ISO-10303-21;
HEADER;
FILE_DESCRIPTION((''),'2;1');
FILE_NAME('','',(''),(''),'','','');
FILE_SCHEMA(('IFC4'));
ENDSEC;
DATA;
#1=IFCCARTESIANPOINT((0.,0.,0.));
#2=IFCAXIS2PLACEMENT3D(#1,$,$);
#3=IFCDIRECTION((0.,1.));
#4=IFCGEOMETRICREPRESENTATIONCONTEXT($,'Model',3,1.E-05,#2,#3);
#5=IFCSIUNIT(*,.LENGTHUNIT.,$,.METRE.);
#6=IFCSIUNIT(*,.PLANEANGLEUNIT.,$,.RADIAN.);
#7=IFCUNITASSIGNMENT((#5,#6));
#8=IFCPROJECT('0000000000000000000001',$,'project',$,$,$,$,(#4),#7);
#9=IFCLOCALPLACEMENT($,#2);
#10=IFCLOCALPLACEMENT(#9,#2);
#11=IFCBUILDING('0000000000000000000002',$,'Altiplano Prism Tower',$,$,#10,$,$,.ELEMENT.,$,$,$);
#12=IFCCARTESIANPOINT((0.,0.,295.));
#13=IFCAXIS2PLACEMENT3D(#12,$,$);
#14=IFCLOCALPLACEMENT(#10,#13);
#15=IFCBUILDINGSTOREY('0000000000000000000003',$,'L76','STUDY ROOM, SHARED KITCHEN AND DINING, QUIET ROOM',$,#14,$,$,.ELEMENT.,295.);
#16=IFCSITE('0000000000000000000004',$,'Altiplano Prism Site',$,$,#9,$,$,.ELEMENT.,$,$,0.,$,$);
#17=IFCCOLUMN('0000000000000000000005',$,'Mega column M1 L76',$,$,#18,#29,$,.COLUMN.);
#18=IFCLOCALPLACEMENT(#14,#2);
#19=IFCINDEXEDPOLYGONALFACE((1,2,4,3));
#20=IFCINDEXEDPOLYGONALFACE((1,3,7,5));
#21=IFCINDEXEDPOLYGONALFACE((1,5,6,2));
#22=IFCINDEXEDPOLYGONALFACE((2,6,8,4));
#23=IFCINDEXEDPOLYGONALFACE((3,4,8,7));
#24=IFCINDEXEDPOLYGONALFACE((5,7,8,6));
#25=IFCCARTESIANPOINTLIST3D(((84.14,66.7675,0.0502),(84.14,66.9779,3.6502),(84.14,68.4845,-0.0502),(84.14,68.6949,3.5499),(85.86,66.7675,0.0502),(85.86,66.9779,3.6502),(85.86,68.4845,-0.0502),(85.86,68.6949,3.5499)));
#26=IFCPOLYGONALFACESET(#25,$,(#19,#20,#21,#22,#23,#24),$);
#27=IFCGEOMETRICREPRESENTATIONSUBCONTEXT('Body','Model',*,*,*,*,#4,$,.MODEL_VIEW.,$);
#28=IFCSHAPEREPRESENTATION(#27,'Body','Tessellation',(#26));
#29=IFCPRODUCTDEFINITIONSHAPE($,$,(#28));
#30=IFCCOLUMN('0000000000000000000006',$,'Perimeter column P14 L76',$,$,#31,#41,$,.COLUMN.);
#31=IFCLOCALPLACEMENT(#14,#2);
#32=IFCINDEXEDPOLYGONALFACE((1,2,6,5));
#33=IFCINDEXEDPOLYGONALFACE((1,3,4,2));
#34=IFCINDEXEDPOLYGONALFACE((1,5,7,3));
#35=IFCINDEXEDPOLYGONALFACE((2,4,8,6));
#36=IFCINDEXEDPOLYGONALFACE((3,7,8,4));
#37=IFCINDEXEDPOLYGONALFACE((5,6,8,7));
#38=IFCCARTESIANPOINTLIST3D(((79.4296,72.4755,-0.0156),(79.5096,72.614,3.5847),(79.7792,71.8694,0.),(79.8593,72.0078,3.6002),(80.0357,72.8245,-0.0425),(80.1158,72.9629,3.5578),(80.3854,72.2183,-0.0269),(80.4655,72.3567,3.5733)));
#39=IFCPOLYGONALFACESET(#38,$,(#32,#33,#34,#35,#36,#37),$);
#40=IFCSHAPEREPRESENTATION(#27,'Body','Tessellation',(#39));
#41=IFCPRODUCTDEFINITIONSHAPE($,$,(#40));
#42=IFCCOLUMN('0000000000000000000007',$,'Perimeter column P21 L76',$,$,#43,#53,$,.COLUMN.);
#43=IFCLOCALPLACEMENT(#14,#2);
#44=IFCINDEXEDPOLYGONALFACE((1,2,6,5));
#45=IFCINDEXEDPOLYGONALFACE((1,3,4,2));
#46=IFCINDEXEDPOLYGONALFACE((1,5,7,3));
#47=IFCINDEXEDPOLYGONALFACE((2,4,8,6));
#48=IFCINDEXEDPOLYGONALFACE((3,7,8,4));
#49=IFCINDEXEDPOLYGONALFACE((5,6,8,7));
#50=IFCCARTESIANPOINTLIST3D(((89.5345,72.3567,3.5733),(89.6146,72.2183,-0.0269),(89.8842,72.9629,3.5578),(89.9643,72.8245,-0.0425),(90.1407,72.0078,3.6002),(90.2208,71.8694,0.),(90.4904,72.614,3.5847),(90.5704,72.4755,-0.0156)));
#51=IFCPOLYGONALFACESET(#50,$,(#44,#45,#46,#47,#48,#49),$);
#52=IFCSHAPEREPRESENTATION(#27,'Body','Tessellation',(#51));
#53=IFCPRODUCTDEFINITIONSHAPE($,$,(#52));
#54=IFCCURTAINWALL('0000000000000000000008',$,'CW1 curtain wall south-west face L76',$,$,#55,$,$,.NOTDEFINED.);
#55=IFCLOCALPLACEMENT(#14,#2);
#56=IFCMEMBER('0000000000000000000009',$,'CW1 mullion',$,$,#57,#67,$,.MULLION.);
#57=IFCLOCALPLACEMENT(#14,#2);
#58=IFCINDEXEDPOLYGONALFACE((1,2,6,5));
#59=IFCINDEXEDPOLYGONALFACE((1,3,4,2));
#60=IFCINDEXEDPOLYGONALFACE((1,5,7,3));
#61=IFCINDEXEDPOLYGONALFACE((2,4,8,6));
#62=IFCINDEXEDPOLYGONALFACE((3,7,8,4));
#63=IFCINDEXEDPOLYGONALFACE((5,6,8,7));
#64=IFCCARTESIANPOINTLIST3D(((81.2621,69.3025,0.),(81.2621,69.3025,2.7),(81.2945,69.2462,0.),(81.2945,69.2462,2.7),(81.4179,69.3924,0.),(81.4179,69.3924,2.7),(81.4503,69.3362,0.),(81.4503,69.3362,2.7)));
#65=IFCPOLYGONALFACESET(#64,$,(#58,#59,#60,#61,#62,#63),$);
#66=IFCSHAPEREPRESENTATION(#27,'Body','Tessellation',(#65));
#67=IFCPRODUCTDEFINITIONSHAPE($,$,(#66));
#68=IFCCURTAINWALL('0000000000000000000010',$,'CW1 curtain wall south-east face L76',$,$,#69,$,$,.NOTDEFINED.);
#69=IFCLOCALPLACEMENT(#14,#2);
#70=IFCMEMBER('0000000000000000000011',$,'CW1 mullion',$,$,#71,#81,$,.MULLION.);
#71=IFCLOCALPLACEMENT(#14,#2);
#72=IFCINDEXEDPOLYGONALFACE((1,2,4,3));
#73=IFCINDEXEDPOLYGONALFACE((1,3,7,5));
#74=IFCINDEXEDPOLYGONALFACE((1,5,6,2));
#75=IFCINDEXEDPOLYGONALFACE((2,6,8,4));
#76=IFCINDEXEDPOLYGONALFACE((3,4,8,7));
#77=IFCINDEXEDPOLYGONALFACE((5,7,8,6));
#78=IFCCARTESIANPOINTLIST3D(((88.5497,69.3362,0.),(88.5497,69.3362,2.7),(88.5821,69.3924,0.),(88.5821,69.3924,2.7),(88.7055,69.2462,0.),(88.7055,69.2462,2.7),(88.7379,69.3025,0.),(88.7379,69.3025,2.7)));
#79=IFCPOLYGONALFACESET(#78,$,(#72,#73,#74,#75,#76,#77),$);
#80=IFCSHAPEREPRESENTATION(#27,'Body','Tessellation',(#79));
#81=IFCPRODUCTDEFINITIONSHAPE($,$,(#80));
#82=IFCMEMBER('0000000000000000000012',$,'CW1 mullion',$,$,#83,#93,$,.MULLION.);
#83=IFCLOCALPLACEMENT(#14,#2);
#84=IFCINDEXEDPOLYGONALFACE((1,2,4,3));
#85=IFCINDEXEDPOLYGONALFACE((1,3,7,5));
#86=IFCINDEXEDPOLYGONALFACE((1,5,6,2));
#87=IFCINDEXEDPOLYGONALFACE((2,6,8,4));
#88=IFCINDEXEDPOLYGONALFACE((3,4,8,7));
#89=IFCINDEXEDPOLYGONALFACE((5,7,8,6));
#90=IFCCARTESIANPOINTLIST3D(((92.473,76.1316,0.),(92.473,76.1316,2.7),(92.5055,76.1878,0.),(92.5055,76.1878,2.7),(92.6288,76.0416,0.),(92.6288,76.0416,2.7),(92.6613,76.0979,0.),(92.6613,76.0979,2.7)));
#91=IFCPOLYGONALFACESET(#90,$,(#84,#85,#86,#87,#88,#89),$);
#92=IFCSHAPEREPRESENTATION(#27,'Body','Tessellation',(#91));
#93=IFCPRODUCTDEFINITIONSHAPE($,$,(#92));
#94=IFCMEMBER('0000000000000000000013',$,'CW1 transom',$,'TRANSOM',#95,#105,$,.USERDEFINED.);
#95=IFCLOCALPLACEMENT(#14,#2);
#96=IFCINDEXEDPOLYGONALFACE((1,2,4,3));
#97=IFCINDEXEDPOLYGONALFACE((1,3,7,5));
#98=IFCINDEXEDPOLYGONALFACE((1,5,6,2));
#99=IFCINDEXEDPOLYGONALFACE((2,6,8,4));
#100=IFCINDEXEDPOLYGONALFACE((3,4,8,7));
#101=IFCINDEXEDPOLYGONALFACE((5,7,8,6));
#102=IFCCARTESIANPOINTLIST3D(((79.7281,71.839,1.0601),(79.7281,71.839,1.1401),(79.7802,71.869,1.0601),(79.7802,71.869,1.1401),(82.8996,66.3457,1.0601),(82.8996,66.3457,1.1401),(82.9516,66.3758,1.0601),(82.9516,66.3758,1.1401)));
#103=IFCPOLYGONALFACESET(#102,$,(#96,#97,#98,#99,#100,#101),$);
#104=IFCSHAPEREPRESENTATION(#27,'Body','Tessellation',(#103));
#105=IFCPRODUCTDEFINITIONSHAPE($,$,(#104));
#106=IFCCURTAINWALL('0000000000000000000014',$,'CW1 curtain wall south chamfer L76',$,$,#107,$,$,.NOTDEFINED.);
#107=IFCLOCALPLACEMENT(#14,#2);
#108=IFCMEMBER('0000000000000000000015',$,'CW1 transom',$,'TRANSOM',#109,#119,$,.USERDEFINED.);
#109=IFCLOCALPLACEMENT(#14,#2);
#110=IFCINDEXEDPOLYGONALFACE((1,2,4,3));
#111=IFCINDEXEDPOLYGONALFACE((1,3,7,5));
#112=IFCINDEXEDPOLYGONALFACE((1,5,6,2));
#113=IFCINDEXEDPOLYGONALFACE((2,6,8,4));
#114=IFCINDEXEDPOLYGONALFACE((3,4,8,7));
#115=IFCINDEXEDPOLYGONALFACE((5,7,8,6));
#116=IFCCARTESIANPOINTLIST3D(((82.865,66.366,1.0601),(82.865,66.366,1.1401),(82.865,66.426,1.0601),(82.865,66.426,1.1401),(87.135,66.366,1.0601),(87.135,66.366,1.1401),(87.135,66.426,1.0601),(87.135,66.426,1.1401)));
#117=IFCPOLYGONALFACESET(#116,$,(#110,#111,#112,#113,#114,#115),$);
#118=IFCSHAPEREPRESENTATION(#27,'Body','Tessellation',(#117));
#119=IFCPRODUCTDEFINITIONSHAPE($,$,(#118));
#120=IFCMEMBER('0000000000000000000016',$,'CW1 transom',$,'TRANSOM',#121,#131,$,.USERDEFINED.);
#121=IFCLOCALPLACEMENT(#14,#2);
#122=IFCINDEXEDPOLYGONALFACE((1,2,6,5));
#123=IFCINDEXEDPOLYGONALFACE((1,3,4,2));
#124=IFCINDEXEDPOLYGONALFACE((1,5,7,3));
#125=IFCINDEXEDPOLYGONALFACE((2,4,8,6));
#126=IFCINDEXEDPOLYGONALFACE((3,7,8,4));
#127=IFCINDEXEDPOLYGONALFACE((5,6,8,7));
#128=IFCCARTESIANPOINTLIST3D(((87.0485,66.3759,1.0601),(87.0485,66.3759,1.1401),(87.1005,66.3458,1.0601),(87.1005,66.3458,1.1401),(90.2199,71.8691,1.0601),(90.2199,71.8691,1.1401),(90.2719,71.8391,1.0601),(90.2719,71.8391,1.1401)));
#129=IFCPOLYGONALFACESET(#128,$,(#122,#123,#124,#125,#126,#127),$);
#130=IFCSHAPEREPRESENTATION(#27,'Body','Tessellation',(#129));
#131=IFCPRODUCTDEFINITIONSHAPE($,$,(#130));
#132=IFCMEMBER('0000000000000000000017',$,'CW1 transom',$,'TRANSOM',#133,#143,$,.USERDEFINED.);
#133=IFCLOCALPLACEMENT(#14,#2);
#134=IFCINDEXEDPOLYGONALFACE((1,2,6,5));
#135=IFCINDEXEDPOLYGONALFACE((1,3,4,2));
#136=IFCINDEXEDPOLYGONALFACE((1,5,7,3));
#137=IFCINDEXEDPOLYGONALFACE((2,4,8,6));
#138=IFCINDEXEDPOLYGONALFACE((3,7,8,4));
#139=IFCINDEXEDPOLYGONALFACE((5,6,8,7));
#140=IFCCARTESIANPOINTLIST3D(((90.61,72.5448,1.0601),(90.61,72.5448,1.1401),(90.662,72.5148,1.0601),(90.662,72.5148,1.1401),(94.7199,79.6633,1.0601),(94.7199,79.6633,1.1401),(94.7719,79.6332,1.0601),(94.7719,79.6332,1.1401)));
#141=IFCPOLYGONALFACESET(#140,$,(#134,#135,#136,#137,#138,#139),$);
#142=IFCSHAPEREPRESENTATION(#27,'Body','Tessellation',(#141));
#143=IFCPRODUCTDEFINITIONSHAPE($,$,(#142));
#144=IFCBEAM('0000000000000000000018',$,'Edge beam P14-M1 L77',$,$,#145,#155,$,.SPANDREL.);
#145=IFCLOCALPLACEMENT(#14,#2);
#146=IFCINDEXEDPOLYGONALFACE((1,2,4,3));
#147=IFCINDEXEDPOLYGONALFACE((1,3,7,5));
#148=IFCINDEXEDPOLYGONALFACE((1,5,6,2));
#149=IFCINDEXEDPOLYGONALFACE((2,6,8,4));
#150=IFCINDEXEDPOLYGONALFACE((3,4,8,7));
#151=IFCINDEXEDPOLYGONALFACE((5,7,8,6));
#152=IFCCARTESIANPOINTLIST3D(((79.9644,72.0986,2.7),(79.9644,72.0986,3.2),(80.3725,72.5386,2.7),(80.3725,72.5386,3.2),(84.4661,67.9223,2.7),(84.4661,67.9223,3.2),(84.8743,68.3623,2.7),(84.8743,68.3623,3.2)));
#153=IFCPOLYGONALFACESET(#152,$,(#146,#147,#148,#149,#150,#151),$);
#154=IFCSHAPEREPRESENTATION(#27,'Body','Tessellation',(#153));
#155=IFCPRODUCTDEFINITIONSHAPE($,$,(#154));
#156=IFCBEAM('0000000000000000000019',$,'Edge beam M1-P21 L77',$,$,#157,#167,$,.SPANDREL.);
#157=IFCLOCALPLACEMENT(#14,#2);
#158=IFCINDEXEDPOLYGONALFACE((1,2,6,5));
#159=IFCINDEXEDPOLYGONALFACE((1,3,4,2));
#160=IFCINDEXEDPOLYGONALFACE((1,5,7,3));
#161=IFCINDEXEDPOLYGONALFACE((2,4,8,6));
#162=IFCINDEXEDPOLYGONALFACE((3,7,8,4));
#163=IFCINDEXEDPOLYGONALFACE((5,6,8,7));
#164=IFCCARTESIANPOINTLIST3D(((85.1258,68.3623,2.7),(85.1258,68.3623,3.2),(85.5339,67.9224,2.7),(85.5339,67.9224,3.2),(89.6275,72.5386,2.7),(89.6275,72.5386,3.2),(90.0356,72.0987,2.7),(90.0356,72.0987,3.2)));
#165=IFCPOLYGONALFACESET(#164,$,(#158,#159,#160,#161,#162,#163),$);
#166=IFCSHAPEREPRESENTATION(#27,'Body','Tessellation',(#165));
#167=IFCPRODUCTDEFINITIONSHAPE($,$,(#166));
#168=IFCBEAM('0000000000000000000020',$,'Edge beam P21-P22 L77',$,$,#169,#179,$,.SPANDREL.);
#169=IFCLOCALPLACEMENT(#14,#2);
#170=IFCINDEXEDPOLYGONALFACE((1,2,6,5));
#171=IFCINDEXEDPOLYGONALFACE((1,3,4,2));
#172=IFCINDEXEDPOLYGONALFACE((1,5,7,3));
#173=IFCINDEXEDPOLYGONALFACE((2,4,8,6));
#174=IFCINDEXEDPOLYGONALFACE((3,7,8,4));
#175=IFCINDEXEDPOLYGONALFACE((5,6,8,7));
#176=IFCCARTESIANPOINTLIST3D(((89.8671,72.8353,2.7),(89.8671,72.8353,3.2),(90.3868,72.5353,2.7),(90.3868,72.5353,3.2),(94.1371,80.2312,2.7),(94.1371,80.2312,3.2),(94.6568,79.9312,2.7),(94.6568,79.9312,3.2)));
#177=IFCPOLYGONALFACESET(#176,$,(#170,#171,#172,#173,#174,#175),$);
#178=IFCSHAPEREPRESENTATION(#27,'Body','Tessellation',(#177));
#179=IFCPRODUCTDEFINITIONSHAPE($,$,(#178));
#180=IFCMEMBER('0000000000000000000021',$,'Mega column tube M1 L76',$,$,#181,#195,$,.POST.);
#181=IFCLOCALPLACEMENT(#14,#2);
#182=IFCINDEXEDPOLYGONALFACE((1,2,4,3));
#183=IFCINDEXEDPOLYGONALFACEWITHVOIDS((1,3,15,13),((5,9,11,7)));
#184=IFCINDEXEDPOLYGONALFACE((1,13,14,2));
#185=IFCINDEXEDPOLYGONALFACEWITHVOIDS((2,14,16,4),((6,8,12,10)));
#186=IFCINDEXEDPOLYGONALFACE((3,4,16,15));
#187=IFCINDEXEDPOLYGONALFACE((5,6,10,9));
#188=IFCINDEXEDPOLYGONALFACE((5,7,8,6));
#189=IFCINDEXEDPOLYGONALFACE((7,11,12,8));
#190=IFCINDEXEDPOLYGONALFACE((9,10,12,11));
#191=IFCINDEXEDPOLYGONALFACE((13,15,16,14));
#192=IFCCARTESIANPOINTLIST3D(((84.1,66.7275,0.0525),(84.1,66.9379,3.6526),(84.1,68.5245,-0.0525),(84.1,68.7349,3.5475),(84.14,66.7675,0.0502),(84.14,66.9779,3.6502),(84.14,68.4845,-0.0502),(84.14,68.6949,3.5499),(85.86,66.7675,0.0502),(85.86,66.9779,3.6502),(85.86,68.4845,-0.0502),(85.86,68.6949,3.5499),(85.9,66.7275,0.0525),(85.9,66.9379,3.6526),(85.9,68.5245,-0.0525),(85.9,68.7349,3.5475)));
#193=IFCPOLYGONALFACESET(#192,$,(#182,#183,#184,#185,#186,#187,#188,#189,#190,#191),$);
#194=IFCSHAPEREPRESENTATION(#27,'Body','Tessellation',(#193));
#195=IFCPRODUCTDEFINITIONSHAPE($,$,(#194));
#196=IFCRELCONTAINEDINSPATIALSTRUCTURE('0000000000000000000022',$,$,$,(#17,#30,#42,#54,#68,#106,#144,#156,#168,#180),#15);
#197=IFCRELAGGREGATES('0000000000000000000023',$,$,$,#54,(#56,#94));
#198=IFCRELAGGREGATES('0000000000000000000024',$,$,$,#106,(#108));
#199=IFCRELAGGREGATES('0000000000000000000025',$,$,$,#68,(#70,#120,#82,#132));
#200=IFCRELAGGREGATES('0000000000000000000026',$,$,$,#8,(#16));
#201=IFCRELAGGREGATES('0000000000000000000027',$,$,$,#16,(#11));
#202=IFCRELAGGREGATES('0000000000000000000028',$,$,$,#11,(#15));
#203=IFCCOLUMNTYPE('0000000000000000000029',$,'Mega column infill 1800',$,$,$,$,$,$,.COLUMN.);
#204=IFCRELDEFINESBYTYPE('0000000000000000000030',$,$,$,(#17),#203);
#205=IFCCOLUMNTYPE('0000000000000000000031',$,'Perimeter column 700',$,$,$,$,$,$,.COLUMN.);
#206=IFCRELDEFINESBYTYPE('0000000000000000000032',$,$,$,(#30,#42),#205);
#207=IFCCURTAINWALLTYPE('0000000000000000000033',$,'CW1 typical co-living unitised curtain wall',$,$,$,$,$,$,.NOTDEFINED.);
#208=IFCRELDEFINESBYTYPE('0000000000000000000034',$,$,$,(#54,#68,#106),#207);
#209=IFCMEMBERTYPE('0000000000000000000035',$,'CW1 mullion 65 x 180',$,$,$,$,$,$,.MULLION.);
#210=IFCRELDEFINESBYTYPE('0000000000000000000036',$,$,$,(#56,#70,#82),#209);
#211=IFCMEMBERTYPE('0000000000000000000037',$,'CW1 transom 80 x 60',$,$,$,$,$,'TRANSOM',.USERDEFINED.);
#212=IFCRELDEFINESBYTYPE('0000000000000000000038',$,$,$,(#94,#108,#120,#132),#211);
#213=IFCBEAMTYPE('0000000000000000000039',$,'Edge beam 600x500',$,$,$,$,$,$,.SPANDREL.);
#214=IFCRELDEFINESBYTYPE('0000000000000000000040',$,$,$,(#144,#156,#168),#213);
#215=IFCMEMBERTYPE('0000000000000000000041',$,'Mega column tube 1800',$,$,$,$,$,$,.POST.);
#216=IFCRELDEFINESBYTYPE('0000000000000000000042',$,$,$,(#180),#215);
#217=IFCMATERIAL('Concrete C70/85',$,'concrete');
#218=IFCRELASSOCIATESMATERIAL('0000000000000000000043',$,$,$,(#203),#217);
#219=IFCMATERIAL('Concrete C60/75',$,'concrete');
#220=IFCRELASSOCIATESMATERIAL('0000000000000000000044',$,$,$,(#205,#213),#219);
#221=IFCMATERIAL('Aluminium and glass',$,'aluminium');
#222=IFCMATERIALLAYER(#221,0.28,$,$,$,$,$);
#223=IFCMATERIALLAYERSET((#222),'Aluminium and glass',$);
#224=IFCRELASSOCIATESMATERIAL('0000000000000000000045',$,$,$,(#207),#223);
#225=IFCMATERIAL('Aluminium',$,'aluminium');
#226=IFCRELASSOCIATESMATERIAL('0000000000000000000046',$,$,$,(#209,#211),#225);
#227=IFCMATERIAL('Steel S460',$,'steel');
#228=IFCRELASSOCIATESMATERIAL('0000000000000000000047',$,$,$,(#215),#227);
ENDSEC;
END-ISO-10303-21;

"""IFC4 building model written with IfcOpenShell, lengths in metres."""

from ifc_helpers import new_model, si_unit, direction, frame, origin, origin_2d, place, context, subcontext, project, spatial, rectangle, hollow_rectangle, extrude, material, layer, layer_set, material_profile, profile_set, type_object, element, aggregate, save


model = new_model("IFC4")

# Units and contexts
model_context = context("Model", 3, precision=1e-05, world=origin(), true_north=direction((0.0, 1.0)))
body_context = subcontext(model_context, "Body", "Model", "MODEL_VIEW")
ifc_project = project(units=[si_unit("LENGTHUNIT", "METRE"), si_unit("PLANEANGLEUNIT", "RADIAN")], contexts=[model_context])

# Site, building, storey
site_placement = place(None, origin())
site = spatial("IfcSite", under=ifc_project, at=site_placement, Name="Altiplano Prism Site", CompositionType="ELEMENT", RefElevation=0.0)
building_placement = place(site_placement, origin())
building = spatial("IfcBuilding", under=site, at=building_placement, Name="Altiplano Prism Tower", CompositionType="ELEMENT")
storey_placement = place(building_placement, frame((0.0, 0.0, 295.0)))
storey = spatial("IfcBuildingStorey", under=building, at=storey_placement, Name="L76", Description="STUDY ROOM, SHARED KITCHEN AND DINING, QUIET ROOM", CompositionType="ELEMENT", Elevation=295.0)

# Columns
ifc_material_1 = material(Name="Concrete C70/85", Category="concrete")
ifc_material_profile_1 = material_profile(ifc_material_1, rectangle(XDim=1.72, YDim=1.72, at=origin_2d()), Name="Mega column infill 1800")
ifc_profile_set_1 = profile_set([ifc_material_profile_1], Name="Concrete C70/85")
column_type_1 = type_object("IfcColumnType", Name="Mega column infill 1800", PredefinedType="COLUMN", material=ifc_profile_set_1)
column_placement = place(storey_placement, frame((85.0, 67.626, 0.0), z_axis=(0.0, 0.058357, 0.998296), x_axis=(-1.0, 0.0, 0.0)))
element("IfcColumn", 1, at=column_placement, inside=storey, type_object=column_type_1, Name="Mega column M1 L76", PredefinedType="COLUMN", context=body_context, shape_type="SweptSolid", body=[
    extrude(rectangle(XDim=1.72, YDim=1.72, at=origin_2d()), origin(), (0.0, 0.0, 1.0), 3.6062),
])
ifc_material_2 = material(Name="Concrete C60/75", Category="concrete")
ifc_material_profile_2 = material_profile(ifc_material_2, rectangle(XDim=0.7, YDim=0.7, at=origin_2d()), Name="Perimeter column 700")
ifc_profile_set_2 = profile_set([ifc_material_profile_2], Name="Concrete C60/75")
column_type_2 = type_object("IfcColumnType", Name="Perimeter column 700", PredefinedType="COLUMN", material=ifc_profile_set_2)
for number, where, z_axis, x_axis, name in (
    (2, (79.9075, 72.3469, -0.0212), (0.022221, 0.038413, 0.999015), (-0.866024, -0.498523, 0.038432), "Perimeter column P14 L76"),
    (3, (90.0925, 72.3469, -0.0212), (-0.022221, 0.038413, 0.999015), (-0.499508, -0.866025, 0.022189), "Perimeter column P21 L76"),
):
    element("IfcColumn", number, at=place(storey_placement, frame(where, z_axis=z_axis, x_axis=x_axis)), inside=storey, type_object=column_type_2, Name=name, PredefinedType="COLUMN", context=body_context, shape_type="SweptSolid", body=[
        extrude(rectangle(XDim=0.7, YDim=0.7, at=origin_2d()), origin(), (0.0, 0.0, 1.0), 3.6038),
    ])

# Curtain wall, member
ifc_material_3 = material(Name="Aluminium and glass", Category="aluminium")
ifc_layer_1 = layer(ifc_material_3, 0.28)
ifc_layer_set_1 = layer_set([ifc_layer_1], Name="Aluminium and glass")
curtain_wall_type = type_object("IfcCurtainWallType", Name="CW1 typical co-living unitised curtain wall", PredefinedType="NOTDEFINED", material=ifc_layer_set_1)
curtain_wall_1_placement = place(storey_placement, origin())
curtain_wall_1 = element("IfcCurtainWall", 4, at=curtain_wall_1_placement, inside=storey, type_object=curtain_wall_type, Name="CW1 curtain wall south-west face L76", PredefinedType="NOTDEFINED")
ifc_material_4 = material(Name="Aluminium", Category="aluminium")
ifc_material_profile_3 = material_profile(ifc_material_4, rectangle(XDim=0.1799, YDim=0.0649, at=origin_2d()), Name="CW1 mullion 65 x 180")
ifc_profile_set_3 = profile_set([ifc_material_profile_3], Name="Aluminium")
member_type_1 = type_object("IfcMemberType", Name="CW1 mullion 65 x 180", PredefinedType="MULLION", material=ifc_profile_set_3)
member_1_placement = place(storey_placement, frame((81.3562, 69.3193, 0.0), z_axis=(0.0, 0.0, 1.0), x_axis=(0.866025, 0.5, 0.0)))
member_1 = element("IfcMember", 5, at=member_1_placement, type_object=member_type_1, Name="CW1 mullion", PredefinedType="MULLION", context=body_context, shape_type="SweptSolid", body=[
    extrude(rectangle(XDim=0.1799, YDim=0.0649, at=origin_2d()), origin(), (0.0, 0.0, 1.0), 2.7),
])

# Curtain wall, members
curtain_wall_2_placement = place(storey_placement, origin())
curtain_wall_2 = element("IfcCurtainWall", 6, at=curtain_wall_2_placement, inside=storey, type_object=curtain_wall_type, Name="CW1 curtain wall south-east face L76", PredefinedType="NOTDEFINED")
member_2_placement = place(storey_placement, frame((88.6438, 69.3193, 0.0), z_axis=(0.0, 0.0, 1.0), x_axis=(-0.866025, 0.5, 0.0)))
member_2 = element("IfcMember", 7, at=member_2_placement, type_object=member_type_1, Name="CW1 mullion", PredefinedType="MULLION", context=body_context, shape_type="SweptSolid", body=[
    extrude(rectangle(XDim=0.1799, YDim=0.0649, at=origin_2d()), origin(), (0.0, 0.0, 1.0), 2.7),
])
member_3_placement = place(storey_placement, frame((92.5671, 76.1147, 0.0), z_axis=(0.0, 0.0, 1.0), x_axis=(-0.866025, 0.5, 0.0)))
member_3 = element("IfcMember", 8, at=member_3_placement, type_object=member_type_1, Name="CW1 mullion", PredefinedType="MULLION", context=body_context, shape_type="SweptSolid", body=[
    extrude(rectangle(XDim=0.1799, YDim=0.0649, at=origin_2d()), origin(), (0.0, 0.0, 1.0), 2.7),
])

# Member
ifc_material_profile_4 = material_profile(ifc_material_4, rectangle(XDim=0.0601, YDim=0.0801, at=origin_2d()), Name="CW1 transom 80 x 60")
ifc_profile_set_4 = profile_set([ifc_material_profile_4], Name="Aluminium")
member_type_2 = type_object("IfcMemberType", Name="CW1 transom 80 x 60", ElementType="TRANSOM", PredefinedType="USERDEFINED", material=ifc_profile_set_4)
member_4_placement = place(storey_placement, frame((79.7542, 71.854, 1.1001), z_axis=(0.499989, -0.866032, 0.0), x_axis=(0.866032, 0.499989, 0.0)))
member_4 = element("IfcMember", 9, at=member_4_placement, type_object=member_type_2, Name="CW1 transom", ObjectType="TRANSOM", PredefinedType="USERDEFINED", context=body_context, shape_type="SweptSolid", body=[
    extrude(rectangle(XDim=0.0601, YDim=0.0801, at=origin_2d()), origin(), (0.0, 0.0, 1.0), 6.343),
])

# Curtain wall, member
curtain_wall_3_placement = place(storey_placement, origin())
curtain_wall_3 = element("IfcCurtainWall", 10, at=curtain_wall_3_placement, inside=storey, type_object=curtain_wall_type, Name="CW1 curtain wall south chamfer L76", PredefinedType="NOTDEFINED")
member_5_placement = place(storey_placement, frame((82.865, 66.396, 1.1001), z_axis=(1.0, 0.0, 0.0), x_axis=(0.0, 1.0, 0.0)))
member_5 = element("IfcMember", 11, at=member_5_placement, type_object=member_type_2, Name="CW1 transom", ObjectType="TRANSOM", PredefinedType="USERDEFINED", context=body_context, shape_type="SweptSolid", body=[
    extrude(rectangle(XDim=0.0601, YDim=0.0801, at=origin_2d()), origin(), (0.0, 0.0, 1.0), 4.27),
])

# Members
member_6_placement = place(storey_placement, frame((87.0745, 66.3608, 1.1001), z_axis=(0.499989, 0.866032, 0.0), x_axis=(-0.866032, 0.499989, 0.0)))
member_6 = element("IfcMember", 12, at=member_6_placement, type_object=member_type_2, Name="CW1 transom", ObjectType="TRANSOM", PredefinedType="USERDEFINED", context=body_context, shape_type="SweptSolid", body=[
    extrude(rectangle(XDim=0.0601, YDim=0.0801, at=origin_2d()), origin(), (0.0, 0.0, 1.0), 6.343),
])
member_7_placement = place(storey_placement, frame((90.636, 72.5298, 1.1001), z_axis=(0.500004, 0.866023, 0.0), x_axis=(-0.866023, 0.500004, 0.0)))
member_7 = element("IfcMember", 13, at=member_7_placement, type_object=member_type_2, Name="CW1 transom", ObjectType="TRANSOM", PredefinedType="USERDEFINED", context=body_context, shape_type="SweptSolid", body=[
    extrude(rectangle(XDim=0.0601, YDim=0.0801, at=origin_2d()), origin(), (0.0, 0.0, 1.0), 8.2197),
])

# Beams
ifc_material_profile_5 = material_profile(ifc_material_2, rectangle(XDim=0.6001, YDim=0.5, at=origin_2d()), Name="Edge beam 600x500")
ifc_profile_set_5 = profile_set([ifc_material_profile_5], Name="Concrete C60/75")
beam_type = type_object("IfcBeamType", Name="Edge beam 600x500", PredefinedType="SPANDREL", material=ifc_profile_set_5)
for number, where, z_axis, x_axis, name in (
    (14, (80.1685, 72.3186, 2.95), (0.733109, -0.680111, 0.0), (0.680111, 0.733109, 0.0), "Edge beam P14-M1 L77"),
    (15, (85.3298, 68.1423, 2.95), (0.733109, 0.680111, 0.0), (-0.680111, 0.733109, 0.0), "Edge beam M1-P21 L77"),
):
    element("IfcBeam", number, at=place(storey_placement, frame(where, z_axis=z_axis, x_axis=x_axis)), inside=storey, type_object=beam_type, Name=name, PredefinedType="SPANDREL", context=body_context, shape_type="SweptSolid", body=[
        extrude(rectangle(XDim=0.6001, YDim=0.5, at=origin_2d()), origin(), (0.0, 0.0, 1.0), 6.1406),
    ])
beam_placement = place(storey_placement, frame((90.127, 72.6853, 2.95), z_axis=(0.499995, 0.866028, 0.0), x_axis=(-0.866028, 0.499995, 0.0)))
element("IfcBeam", 16, at=beam_placement, inside=storey, type_object=beam_type, Name="Edge beam P21-P22 L77", PredefinedType="SPANDREL", context=body_context, shape_type="SweptSolid", body=[
    extrude(rectangle(XDim=0.6001, YDim=0.5, at=origin_2d()), origin(), (0.0, 0.0, 1.0), 8.54),
])

# Member
ifc_material_5 = material(Name="Steel S460", Category="steel")
ifc_material_profile_6 = material_profile(ifc_material_5, hollow_rectangle(XDim=1.8, YDim=1.8, WallThickness=0.04, at=origin_2d()), Name="Mega column tube 1800")
ifc_profile_set_6 = profile_set([ifc_material_profile_6], Name="Steel S460")
member_type_3 = type_object("IfcMemberType", Name="Mega column tube 1800", PredefinedType="POST", material=ifc_profile_set_6)
member_8_placement = place(storey_placement, frame((85.0, 67.626, 0.0), z_axis=(0.0, 0.058357, 0.998296), x_axis=(-1.0, 0.0, 0.0)))
element("IfcMember", 17, at=member_8_placement, inside=storey, type_object=member_type_3, Name="Mega column tube M1 L76", PredefinedType="POST", context=body_context, shape_type="SweptSolid", body=[
    extrude(hollow_rectangle(XDim=1.8, YDim=1.8, WallThickness=0.04, at=origin_2d()), origin(), (0.0, 0.0, 1.0), 3.6062),
])

aggregate(curtain_wall_1, [member_1, member_4])
aggregate(curtain_wall_3, [member_5])
aggregate(curtain_wall_2, [member_2, member_6, member_3, member_7])

save(model, "model.ifc")
